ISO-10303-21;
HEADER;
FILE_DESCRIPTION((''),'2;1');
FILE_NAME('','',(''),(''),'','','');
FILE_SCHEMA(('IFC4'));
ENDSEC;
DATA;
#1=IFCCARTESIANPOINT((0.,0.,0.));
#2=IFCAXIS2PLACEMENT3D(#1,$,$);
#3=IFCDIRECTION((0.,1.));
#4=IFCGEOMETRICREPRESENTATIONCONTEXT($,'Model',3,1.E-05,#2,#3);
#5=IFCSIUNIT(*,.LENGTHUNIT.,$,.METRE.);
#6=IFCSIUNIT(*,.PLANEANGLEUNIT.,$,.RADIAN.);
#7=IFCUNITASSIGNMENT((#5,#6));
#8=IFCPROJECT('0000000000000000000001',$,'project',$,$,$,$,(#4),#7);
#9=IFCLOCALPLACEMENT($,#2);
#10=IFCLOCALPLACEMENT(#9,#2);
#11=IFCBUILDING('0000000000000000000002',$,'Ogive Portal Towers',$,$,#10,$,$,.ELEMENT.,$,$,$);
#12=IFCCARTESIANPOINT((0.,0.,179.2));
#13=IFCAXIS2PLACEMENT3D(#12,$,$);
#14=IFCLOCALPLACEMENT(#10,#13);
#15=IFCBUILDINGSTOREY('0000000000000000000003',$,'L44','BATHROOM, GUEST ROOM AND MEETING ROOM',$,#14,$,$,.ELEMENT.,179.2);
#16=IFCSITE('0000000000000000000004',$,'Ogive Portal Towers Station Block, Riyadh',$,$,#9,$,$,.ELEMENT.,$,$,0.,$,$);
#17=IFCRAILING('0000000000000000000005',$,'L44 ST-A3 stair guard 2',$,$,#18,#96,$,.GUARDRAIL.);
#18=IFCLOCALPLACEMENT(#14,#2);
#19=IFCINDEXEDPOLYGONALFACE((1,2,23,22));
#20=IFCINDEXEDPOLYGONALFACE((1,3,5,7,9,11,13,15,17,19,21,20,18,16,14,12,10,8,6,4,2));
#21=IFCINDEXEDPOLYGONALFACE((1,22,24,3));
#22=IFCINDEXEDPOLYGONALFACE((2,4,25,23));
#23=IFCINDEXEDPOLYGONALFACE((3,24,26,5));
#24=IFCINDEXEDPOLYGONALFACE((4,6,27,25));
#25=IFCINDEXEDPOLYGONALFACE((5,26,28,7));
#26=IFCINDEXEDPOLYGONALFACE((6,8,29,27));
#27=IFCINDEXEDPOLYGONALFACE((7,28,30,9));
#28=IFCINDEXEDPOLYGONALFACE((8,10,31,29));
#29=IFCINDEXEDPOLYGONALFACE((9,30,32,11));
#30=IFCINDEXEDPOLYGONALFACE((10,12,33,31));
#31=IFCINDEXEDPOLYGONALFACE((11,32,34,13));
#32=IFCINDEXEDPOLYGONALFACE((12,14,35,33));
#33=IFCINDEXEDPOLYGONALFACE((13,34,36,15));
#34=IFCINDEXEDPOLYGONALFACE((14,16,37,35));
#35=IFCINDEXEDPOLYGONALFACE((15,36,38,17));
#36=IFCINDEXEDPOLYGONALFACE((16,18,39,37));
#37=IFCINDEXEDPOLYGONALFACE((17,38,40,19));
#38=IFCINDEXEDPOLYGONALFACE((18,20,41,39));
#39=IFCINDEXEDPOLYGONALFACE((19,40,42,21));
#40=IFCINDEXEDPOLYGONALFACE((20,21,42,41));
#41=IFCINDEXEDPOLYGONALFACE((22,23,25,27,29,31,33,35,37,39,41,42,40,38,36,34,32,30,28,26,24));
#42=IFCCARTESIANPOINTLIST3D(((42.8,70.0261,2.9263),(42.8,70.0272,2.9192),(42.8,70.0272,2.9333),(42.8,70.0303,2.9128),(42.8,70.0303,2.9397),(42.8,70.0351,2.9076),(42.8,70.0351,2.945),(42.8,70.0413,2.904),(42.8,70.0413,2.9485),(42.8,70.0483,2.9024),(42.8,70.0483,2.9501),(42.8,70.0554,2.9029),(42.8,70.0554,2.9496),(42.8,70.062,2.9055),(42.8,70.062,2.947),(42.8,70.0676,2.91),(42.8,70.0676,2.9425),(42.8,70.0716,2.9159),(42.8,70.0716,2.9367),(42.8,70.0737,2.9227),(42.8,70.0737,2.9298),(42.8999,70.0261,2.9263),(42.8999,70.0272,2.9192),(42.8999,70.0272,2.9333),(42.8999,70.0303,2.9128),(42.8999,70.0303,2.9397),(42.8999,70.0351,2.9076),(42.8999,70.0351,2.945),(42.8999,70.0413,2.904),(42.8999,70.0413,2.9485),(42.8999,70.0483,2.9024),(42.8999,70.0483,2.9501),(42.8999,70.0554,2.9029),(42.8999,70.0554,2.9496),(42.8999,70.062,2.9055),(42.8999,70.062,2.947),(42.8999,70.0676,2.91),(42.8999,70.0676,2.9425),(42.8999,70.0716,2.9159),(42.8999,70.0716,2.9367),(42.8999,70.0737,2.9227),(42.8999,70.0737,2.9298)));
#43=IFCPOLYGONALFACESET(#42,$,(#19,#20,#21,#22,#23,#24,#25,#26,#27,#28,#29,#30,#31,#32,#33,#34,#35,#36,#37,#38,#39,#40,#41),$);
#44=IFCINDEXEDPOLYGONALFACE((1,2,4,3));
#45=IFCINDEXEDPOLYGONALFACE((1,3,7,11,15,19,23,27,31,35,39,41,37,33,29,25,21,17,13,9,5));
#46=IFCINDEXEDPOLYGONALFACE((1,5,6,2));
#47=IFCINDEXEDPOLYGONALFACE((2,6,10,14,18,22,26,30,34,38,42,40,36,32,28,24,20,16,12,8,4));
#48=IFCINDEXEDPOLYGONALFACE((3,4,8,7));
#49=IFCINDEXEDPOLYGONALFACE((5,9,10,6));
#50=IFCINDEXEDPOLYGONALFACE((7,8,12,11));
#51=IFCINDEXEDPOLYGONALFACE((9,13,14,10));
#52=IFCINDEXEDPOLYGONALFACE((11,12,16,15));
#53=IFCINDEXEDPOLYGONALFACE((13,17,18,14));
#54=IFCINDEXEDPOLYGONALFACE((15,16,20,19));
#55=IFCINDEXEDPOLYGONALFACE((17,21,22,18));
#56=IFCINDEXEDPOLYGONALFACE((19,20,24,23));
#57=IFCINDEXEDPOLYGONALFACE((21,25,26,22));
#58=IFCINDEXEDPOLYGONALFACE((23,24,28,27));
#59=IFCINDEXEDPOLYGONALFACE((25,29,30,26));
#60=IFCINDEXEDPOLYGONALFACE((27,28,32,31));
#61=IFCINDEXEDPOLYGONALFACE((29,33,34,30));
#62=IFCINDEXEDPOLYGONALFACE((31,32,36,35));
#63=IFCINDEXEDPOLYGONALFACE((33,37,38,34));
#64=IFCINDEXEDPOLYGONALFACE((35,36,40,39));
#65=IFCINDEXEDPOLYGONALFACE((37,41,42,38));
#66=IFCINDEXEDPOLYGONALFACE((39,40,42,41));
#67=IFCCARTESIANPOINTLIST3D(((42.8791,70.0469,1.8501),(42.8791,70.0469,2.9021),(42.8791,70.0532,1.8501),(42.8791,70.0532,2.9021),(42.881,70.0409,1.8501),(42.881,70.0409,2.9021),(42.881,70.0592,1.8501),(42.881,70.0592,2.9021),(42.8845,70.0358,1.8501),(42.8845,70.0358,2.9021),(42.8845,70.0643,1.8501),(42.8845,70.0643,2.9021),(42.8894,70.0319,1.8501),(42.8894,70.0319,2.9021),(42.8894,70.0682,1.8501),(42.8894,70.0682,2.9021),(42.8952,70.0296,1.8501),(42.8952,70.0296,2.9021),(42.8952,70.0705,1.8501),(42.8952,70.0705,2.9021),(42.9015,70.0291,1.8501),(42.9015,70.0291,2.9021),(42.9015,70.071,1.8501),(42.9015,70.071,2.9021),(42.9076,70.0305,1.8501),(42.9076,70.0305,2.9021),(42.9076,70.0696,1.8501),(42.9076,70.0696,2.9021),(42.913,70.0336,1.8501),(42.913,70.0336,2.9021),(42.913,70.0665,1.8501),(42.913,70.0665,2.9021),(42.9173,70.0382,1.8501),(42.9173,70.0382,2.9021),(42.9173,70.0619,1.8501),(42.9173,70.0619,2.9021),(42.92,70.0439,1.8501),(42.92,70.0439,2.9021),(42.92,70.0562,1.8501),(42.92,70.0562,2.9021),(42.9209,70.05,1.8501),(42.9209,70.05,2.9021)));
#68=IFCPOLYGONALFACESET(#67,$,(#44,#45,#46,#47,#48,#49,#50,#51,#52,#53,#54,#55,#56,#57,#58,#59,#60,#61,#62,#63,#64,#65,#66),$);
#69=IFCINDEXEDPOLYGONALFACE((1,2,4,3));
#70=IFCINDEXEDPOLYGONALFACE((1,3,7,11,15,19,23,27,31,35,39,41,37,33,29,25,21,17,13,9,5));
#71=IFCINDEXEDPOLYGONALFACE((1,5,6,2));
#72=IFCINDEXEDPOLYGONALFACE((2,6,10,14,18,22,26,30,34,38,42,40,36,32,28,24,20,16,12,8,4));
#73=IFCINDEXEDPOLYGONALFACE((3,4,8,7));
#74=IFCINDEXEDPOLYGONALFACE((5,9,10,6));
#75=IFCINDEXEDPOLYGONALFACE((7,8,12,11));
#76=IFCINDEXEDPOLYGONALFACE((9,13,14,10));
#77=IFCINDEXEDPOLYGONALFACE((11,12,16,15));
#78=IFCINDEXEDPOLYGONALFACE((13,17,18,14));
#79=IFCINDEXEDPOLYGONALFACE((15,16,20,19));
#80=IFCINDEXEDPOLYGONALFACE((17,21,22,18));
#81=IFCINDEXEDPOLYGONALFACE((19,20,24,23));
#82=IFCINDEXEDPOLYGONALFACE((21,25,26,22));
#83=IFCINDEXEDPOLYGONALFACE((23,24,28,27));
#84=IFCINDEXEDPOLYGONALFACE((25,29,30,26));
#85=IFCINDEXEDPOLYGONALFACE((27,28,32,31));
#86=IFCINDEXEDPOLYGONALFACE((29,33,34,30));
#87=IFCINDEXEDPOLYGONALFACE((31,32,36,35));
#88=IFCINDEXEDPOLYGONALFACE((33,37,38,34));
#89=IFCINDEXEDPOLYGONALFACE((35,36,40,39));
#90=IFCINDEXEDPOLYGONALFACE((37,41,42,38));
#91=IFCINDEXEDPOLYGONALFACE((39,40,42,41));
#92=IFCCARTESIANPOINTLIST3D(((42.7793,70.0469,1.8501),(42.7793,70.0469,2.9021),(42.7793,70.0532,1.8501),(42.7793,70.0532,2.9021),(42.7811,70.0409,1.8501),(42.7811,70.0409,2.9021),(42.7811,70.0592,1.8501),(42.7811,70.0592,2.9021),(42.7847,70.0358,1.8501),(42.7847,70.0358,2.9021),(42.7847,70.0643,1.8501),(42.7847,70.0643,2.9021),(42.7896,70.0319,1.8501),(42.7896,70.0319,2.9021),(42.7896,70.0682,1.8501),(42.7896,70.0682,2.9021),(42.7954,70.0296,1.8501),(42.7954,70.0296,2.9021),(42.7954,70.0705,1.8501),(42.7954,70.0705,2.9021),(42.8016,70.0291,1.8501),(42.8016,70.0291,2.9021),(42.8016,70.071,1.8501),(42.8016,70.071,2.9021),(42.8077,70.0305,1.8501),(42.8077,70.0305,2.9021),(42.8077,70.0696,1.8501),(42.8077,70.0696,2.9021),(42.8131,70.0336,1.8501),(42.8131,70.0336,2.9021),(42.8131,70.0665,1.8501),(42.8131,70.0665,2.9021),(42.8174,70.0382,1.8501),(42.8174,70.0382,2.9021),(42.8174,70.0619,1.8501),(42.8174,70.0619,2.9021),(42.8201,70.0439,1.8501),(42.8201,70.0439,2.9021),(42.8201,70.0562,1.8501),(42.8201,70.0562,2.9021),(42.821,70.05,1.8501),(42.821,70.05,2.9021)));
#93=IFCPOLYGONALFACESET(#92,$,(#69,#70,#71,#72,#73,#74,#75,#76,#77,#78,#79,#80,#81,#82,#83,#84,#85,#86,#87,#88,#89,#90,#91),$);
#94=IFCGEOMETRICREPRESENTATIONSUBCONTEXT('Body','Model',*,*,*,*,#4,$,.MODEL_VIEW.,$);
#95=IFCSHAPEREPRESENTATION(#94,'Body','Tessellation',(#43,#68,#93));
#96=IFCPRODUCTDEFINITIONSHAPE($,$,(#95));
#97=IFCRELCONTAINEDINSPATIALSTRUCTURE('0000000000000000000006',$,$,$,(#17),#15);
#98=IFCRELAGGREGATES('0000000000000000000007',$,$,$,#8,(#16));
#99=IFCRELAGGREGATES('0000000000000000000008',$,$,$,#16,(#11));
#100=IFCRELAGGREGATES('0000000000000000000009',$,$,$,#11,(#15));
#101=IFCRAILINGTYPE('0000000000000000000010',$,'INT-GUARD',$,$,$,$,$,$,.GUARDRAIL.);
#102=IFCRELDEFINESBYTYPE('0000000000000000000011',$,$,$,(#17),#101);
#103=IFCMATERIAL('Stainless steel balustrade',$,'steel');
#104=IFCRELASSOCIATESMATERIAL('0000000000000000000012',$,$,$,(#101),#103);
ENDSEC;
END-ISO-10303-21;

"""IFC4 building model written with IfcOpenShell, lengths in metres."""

from ifc_helpers import new_model, si_unit, direction, frame, origin, origin_2d, place, context, subcontext, project, spatial, circle, extrude, material, type_object, element, save


model = new_model("IFC4")

# Units and contexts
model_context = context("Model", 3, precision=1e-05, world=origin(), true_north=direction((0.0, 1.0)))
body_context = subcontext(model_context, "Body", "Model", "MODEL_VIEW")
ifc_project = project(units=[si_unit("LENGTHUNIT", "METRE"), si_unit("PLANEANGLEUNIT", "RADIAN")], contexts=[model_context])

# Site, building, storey
site_placement = place(None, origin())
site = spatial("IfcSite", under=ifc_project, at=site_placement, Name="Ogive Portal Towers Station Block, Riyadh", CompositionType="ELEMENT", RefElevation=0.0)
building_placement = place(site_placement, origin())
building = spatial("IfcBuilding", under=site, at=building_placement, Name="Ogive Portal Towers", CompositionType="ELEMENT")
storey_placement = place(building_placement, frame((0.0, 0.0, 179.2)))
storey = spatial("IfcBuildingStorey", under=building, at=storey_placement, Name="L44", Description="BATHROOM, GUEST ROOM AND MEETING ROOM", CompositionType="ELEMENT", Elevation=179.2)

# Railing
ifc_material_1 = material(Name="Stainless steel balustrade", Category="steel")
railing_type_1 = type_object("IfcRailingType", Name="INT-GUARD", PredefinedType="GUARDRAIL", material=ifc_material_1)
railing_1_placement = place(storey_placement, frame((42.8999, 70.05, 1.8501)))
element("IfcRailing", 1, at=railing_1_placement, inside=storey, type_object=railing_type_1, Name="L44 ST-A3 stair guard 2", PredefinedType="GUARDRAIL", context=body_context, shape_type="SweptSolid", body=[
    extrude(circle(Radius=0.0239, at=origin_2d()), frame((0.0, 0.0, 1.0762), z_axis=(-1.0, 0.0, 0.0), x_axis=(0.0, -1.0, 0.0)), (0.0, 0.0, 1.0), 0.0999),
    extrude(circle(Radius=0.021, at=origin_2d()), origin(), (0.0, 0.0, 1.0), 1.052),
    extrude(circle(Radius=0.021, at=origin_2d()), frame((-0.0999, 0.0, 0.0)), (0.0, 0.0, 1.0), 1.052),
])

save(model, "model.ifc")
